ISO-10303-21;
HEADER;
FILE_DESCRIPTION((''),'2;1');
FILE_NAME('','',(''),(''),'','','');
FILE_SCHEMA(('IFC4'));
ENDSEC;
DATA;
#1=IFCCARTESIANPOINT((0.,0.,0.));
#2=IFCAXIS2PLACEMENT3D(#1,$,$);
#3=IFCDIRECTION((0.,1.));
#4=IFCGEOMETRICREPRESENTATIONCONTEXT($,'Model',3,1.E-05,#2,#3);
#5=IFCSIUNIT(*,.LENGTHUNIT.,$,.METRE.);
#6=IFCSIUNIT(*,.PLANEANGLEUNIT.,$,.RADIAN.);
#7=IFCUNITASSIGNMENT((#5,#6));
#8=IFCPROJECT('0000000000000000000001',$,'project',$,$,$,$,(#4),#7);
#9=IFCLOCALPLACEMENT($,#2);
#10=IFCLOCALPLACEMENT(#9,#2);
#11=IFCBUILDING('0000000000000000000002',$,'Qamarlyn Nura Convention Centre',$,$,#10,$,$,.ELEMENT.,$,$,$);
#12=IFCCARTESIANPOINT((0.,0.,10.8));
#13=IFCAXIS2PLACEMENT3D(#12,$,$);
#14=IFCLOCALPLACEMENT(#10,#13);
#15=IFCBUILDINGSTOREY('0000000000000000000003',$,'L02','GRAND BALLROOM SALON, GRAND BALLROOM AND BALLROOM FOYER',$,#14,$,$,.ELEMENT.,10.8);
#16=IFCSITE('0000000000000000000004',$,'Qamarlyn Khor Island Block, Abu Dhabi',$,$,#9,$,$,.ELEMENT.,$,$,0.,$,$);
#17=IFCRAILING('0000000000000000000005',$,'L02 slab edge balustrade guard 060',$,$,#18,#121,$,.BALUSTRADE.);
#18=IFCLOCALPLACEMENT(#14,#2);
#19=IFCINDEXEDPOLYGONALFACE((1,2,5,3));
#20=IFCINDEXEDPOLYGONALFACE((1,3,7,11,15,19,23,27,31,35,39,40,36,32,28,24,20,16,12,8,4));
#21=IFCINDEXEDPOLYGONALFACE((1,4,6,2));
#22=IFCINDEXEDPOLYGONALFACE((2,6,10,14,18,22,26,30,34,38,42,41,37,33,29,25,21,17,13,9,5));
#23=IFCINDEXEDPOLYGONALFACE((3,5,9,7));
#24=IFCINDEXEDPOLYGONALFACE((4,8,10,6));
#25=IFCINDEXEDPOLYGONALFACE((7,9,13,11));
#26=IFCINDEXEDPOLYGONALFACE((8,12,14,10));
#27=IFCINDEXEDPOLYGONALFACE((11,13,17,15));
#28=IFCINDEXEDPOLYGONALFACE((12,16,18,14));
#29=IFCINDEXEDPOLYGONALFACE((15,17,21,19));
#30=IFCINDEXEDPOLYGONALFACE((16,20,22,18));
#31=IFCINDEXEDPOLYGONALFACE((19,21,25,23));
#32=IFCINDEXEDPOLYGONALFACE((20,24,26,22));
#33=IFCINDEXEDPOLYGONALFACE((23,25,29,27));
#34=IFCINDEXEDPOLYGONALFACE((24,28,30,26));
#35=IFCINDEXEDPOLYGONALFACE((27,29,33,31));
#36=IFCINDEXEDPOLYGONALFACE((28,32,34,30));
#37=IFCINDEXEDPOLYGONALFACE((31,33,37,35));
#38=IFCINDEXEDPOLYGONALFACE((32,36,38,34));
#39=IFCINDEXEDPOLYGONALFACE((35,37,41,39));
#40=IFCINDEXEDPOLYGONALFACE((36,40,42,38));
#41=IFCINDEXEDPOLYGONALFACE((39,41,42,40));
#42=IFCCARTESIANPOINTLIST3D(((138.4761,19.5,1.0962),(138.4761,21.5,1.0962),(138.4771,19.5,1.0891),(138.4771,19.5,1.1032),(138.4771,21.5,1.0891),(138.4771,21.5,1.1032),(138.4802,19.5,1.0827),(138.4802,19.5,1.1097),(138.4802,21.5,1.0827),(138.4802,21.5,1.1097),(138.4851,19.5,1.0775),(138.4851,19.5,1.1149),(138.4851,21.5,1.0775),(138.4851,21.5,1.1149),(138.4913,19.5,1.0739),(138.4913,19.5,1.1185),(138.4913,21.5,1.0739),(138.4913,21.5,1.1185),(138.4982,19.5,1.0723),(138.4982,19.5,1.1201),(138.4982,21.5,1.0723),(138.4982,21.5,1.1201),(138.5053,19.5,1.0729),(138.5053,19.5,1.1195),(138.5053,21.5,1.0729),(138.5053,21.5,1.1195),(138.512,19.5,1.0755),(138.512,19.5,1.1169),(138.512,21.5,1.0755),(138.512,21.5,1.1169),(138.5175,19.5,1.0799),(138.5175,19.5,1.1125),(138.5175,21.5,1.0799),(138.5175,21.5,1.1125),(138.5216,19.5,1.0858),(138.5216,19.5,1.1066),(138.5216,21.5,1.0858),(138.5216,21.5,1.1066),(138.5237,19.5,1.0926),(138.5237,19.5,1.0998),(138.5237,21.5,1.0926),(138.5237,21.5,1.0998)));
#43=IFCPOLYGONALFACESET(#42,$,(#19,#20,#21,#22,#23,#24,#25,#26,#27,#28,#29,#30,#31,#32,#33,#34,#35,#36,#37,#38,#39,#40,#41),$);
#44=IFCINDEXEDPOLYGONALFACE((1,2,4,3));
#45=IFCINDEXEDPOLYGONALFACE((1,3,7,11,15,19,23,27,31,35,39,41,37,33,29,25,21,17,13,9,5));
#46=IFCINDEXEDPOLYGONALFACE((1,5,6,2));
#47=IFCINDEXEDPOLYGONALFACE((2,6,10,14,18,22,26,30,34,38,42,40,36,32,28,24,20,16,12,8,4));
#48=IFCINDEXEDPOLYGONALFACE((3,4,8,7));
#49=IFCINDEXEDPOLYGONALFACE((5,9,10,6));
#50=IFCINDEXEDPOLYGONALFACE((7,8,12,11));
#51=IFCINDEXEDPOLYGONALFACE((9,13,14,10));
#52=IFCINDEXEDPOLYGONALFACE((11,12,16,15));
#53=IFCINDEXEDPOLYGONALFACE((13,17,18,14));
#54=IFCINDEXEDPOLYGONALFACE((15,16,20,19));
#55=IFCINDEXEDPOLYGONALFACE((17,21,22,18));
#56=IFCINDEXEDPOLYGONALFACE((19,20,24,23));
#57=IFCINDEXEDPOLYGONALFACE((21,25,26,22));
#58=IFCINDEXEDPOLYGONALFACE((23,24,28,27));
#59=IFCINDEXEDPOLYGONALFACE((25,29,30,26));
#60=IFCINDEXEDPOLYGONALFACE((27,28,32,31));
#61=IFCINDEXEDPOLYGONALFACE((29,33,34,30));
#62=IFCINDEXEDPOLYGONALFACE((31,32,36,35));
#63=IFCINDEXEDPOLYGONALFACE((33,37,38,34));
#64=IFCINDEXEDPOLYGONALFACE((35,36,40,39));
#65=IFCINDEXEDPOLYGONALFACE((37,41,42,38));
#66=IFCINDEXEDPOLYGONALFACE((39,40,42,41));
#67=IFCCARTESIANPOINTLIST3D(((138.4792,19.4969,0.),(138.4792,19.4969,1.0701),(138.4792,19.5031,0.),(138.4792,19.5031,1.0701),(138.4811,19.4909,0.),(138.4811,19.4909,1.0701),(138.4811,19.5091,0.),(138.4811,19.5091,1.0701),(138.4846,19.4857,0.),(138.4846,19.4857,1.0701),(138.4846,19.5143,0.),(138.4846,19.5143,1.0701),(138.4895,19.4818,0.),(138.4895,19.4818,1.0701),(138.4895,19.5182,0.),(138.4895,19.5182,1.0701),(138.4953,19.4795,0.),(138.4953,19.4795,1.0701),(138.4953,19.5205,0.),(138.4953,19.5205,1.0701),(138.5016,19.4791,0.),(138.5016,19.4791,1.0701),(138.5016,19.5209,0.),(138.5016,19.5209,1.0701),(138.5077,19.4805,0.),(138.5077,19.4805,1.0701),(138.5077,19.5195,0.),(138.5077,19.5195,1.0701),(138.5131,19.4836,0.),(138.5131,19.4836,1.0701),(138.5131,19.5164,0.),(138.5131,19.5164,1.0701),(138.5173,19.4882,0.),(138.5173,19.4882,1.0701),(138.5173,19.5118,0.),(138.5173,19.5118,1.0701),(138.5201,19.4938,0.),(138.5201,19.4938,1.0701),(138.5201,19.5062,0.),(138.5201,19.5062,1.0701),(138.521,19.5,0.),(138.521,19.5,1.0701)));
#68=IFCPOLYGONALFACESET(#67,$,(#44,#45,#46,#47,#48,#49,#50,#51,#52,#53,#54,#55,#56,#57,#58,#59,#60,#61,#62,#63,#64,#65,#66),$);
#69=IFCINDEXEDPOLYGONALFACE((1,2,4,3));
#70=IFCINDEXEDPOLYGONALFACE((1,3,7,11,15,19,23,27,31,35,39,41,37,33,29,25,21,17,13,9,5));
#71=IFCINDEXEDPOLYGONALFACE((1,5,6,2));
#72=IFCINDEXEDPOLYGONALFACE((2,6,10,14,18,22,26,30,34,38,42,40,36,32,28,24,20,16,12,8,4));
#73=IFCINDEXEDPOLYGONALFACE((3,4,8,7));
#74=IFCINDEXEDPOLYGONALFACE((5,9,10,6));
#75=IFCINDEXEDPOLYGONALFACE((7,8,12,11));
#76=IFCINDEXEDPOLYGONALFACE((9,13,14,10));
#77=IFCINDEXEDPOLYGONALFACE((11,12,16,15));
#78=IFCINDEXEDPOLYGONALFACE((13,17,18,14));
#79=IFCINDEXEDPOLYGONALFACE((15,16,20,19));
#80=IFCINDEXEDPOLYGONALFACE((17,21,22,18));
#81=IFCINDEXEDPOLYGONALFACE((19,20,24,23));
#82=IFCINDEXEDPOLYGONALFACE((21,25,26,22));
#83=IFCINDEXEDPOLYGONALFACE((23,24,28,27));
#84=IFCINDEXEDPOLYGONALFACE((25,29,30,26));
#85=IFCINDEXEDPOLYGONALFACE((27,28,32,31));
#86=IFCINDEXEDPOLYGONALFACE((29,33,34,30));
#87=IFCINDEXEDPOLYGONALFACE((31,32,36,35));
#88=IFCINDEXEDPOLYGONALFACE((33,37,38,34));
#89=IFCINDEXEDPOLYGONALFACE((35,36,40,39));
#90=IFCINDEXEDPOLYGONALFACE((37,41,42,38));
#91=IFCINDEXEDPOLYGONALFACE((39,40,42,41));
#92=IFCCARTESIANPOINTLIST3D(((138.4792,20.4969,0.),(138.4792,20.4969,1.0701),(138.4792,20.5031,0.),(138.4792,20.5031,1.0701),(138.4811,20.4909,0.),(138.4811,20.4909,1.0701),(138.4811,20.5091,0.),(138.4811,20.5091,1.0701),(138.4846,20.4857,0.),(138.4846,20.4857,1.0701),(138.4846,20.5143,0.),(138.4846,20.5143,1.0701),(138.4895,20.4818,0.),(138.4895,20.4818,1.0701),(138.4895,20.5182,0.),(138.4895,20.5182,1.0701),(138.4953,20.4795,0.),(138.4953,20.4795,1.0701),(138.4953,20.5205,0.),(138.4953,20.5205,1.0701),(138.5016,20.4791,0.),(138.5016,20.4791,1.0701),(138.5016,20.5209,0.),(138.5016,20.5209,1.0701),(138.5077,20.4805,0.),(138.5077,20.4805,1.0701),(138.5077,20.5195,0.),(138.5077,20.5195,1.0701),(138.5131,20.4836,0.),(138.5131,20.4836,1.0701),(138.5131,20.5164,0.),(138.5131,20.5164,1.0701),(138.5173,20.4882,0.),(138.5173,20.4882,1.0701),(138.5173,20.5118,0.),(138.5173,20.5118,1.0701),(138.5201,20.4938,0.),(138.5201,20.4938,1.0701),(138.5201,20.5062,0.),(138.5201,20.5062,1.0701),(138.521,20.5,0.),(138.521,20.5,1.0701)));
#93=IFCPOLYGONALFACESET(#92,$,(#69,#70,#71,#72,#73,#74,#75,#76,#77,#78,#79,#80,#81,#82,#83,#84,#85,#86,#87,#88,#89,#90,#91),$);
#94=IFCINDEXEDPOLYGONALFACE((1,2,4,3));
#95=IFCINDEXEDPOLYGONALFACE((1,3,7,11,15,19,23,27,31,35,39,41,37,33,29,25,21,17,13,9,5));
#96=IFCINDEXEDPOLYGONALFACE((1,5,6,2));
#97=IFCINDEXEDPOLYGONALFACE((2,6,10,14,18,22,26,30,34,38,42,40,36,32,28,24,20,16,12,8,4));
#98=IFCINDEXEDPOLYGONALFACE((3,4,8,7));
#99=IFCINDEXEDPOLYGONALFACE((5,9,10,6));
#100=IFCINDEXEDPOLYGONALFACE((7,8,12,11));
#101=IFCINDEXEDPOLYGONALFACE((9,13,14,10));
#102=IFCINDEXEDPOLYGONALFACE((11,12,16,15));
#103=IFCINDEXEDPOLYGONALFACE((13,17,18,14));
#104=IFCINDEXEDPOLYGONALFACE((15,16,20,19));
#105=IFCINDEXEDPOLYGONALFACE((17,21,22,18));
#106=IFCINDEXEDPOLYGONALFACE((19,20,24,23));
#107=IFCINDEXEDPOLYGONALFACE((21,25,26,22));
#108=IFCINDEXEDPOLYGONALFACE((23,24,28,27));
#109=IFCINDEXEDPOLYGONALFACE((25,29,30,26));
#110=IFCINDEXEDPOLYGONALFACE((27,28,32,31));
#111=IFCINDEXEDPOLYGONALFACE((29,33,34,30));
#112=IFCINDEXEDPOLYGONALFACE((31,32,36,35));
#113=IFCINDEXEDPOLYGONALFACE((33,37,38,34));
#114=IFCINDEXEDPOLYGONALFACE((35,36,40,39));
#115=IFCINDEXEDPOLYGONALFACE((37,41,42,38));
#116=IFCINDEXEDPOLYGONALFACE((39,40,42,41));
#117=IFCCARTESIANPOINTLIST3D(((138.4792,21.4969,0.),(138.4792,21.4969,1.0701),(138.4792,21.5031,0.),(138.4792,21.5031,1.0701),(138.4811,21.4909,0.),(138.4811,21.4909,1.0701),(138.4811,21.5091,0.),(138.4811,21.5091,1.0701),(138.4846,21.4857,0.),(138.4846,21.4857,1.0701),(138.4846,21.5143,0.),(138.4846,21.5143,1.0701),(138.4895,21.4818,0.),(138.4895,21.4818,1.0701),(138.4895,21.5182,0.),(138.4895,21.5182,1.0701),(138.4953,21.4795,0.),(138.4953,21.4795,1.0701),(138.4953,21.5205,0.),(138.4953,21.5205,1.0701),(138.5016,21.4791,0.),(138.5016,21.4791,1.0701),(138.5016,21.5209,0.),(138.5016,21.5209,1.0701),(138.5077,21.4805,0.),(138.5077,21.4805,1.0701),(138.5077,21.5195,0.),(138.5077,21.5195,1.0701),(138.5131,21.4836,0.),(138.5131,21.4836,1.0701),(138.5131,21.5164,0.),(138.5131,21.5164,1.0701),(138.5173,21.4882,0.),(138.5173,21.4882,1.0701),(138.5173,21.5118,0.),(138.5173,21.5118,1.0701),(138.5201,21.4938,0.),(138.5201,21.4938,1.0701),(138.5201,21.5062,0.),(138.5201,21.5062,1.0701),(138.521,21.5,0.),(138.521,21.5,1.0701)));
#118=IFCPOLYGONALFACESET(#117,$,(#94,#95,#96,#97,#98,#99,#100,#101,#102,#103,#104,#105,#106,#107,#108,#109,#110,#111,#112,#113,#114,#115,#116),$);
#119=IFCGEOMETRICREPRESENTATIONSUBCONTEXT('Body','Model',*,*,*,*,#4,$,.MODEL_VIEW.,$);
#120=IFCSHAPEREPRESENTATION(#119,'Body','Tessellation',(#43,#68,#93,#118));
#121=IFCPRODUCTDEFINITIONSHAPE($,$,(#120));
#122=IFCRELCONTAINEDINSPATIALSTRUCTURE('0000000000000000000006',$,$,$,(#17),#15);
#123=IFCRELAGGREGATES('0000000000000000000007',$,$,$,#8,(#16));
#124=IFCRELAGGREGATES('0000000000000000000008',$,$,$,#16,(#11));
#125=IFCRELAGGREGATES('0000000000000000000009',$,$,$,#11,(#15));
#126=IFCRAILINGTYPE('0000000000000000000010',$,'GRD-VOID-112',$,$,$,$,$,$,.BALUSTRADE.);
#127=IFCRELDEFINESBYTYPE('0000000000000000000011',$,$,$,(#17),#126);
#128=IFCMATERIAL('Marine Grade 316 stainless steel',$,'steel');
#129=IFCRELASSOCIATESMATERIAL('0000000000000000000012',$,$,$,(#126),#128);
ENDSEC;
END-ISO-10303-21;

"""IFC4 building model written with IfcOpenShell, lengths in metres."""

from ifc_helpers import new_model, si_unit, direction, frame, origin, origin_2d, place, context, subcontext, project, spatial, circle, extrude, material, type_object, element, save


model = new_model("IFC4")

# Units and contexts
model_context = context("Model", 3, precision=1e-05, world=origin(), true_north=direction((0.0, 1.0)))
body_context = subcontext(model_context, "Body", "Model", "MODEL_VIEW")
ifc_project = project(units=[si_unit("LENGTHUNIT", "METRE"), si_unit("PLANEANGLEUNIT", "RADIAN")], contexts=[model_context])

# Site, building, storey
site_placement = place(None, origin())
site = spatial("IfcSite", under=ifc_project, at=site_placement, Name="Qamarlyn Khor Island Block, Abu Dhabi", CompositionType="ELEMENT", RefElevation=0.0)
building_placement = place(site_placement, origin())
building = spatial("IfcBuilding", under=site, at=building_placement, Name="Qamarlyn Nura Convention Centre", CompositionType="ELEMENT")
storey_placement = place(building_placement, frame((0.0, 0.0, 10.8)))
storey = spatial("IfcBuildingStorey", under=building, at=storey_placement, Name="L02", Description="GRAND BALLROOM SALON, GRAND BALLROOM AND BALLROOM FOYER", CompositionType="ELEMENT", Elevation=10.8)

# Railing
ifc_material_1 = material(Name="Marine Grade 316 stainless steel", Category="steel")
railing_type = type_object("IfcRailingType", Name="GRD-VOID-112", PredefinedType="BALUSTRADE", material=ifc_material_1)
railing_1_placement = place(storey_placement, frame((138.5, 19.5, 0.0)))
element("IfcRailing", 1, at=railing_1_placement, inside=storey, type_object=railing_type, Name="L02 slab edge balustrade guard 060", PredefinedType="BALUSTRADE", context=body_context, shape_type="SweptSolid", body=[
    extrude(circle(Radius=0.0239, at=origin_2d()), frame((0.0, 0.0, 1.0962), z_axis=(0.0, 1.0, 0.0), x_axis=(-1.0, 0.0, 0.0)), (0.0, 0.0, 1.0), 2.0),
    extrude(circle(Radius=0.021, at=origin_2d()), origin(), (0.0, 0.0, 1.0), 1.0701),
    extrude(circle(Radius=0.021, at=origin_2d()), frame((0.0, 1.0, 0.0)), (0.0, 0.0, 1.0), 1.0701),
    extrude(circle(Radius=0.021, at=origin_2d()), frame((0.0, 2.0, 0.0)), (0.0, 0.0, 1.0), 1.0701),
])

save(model, "model.ifc")
